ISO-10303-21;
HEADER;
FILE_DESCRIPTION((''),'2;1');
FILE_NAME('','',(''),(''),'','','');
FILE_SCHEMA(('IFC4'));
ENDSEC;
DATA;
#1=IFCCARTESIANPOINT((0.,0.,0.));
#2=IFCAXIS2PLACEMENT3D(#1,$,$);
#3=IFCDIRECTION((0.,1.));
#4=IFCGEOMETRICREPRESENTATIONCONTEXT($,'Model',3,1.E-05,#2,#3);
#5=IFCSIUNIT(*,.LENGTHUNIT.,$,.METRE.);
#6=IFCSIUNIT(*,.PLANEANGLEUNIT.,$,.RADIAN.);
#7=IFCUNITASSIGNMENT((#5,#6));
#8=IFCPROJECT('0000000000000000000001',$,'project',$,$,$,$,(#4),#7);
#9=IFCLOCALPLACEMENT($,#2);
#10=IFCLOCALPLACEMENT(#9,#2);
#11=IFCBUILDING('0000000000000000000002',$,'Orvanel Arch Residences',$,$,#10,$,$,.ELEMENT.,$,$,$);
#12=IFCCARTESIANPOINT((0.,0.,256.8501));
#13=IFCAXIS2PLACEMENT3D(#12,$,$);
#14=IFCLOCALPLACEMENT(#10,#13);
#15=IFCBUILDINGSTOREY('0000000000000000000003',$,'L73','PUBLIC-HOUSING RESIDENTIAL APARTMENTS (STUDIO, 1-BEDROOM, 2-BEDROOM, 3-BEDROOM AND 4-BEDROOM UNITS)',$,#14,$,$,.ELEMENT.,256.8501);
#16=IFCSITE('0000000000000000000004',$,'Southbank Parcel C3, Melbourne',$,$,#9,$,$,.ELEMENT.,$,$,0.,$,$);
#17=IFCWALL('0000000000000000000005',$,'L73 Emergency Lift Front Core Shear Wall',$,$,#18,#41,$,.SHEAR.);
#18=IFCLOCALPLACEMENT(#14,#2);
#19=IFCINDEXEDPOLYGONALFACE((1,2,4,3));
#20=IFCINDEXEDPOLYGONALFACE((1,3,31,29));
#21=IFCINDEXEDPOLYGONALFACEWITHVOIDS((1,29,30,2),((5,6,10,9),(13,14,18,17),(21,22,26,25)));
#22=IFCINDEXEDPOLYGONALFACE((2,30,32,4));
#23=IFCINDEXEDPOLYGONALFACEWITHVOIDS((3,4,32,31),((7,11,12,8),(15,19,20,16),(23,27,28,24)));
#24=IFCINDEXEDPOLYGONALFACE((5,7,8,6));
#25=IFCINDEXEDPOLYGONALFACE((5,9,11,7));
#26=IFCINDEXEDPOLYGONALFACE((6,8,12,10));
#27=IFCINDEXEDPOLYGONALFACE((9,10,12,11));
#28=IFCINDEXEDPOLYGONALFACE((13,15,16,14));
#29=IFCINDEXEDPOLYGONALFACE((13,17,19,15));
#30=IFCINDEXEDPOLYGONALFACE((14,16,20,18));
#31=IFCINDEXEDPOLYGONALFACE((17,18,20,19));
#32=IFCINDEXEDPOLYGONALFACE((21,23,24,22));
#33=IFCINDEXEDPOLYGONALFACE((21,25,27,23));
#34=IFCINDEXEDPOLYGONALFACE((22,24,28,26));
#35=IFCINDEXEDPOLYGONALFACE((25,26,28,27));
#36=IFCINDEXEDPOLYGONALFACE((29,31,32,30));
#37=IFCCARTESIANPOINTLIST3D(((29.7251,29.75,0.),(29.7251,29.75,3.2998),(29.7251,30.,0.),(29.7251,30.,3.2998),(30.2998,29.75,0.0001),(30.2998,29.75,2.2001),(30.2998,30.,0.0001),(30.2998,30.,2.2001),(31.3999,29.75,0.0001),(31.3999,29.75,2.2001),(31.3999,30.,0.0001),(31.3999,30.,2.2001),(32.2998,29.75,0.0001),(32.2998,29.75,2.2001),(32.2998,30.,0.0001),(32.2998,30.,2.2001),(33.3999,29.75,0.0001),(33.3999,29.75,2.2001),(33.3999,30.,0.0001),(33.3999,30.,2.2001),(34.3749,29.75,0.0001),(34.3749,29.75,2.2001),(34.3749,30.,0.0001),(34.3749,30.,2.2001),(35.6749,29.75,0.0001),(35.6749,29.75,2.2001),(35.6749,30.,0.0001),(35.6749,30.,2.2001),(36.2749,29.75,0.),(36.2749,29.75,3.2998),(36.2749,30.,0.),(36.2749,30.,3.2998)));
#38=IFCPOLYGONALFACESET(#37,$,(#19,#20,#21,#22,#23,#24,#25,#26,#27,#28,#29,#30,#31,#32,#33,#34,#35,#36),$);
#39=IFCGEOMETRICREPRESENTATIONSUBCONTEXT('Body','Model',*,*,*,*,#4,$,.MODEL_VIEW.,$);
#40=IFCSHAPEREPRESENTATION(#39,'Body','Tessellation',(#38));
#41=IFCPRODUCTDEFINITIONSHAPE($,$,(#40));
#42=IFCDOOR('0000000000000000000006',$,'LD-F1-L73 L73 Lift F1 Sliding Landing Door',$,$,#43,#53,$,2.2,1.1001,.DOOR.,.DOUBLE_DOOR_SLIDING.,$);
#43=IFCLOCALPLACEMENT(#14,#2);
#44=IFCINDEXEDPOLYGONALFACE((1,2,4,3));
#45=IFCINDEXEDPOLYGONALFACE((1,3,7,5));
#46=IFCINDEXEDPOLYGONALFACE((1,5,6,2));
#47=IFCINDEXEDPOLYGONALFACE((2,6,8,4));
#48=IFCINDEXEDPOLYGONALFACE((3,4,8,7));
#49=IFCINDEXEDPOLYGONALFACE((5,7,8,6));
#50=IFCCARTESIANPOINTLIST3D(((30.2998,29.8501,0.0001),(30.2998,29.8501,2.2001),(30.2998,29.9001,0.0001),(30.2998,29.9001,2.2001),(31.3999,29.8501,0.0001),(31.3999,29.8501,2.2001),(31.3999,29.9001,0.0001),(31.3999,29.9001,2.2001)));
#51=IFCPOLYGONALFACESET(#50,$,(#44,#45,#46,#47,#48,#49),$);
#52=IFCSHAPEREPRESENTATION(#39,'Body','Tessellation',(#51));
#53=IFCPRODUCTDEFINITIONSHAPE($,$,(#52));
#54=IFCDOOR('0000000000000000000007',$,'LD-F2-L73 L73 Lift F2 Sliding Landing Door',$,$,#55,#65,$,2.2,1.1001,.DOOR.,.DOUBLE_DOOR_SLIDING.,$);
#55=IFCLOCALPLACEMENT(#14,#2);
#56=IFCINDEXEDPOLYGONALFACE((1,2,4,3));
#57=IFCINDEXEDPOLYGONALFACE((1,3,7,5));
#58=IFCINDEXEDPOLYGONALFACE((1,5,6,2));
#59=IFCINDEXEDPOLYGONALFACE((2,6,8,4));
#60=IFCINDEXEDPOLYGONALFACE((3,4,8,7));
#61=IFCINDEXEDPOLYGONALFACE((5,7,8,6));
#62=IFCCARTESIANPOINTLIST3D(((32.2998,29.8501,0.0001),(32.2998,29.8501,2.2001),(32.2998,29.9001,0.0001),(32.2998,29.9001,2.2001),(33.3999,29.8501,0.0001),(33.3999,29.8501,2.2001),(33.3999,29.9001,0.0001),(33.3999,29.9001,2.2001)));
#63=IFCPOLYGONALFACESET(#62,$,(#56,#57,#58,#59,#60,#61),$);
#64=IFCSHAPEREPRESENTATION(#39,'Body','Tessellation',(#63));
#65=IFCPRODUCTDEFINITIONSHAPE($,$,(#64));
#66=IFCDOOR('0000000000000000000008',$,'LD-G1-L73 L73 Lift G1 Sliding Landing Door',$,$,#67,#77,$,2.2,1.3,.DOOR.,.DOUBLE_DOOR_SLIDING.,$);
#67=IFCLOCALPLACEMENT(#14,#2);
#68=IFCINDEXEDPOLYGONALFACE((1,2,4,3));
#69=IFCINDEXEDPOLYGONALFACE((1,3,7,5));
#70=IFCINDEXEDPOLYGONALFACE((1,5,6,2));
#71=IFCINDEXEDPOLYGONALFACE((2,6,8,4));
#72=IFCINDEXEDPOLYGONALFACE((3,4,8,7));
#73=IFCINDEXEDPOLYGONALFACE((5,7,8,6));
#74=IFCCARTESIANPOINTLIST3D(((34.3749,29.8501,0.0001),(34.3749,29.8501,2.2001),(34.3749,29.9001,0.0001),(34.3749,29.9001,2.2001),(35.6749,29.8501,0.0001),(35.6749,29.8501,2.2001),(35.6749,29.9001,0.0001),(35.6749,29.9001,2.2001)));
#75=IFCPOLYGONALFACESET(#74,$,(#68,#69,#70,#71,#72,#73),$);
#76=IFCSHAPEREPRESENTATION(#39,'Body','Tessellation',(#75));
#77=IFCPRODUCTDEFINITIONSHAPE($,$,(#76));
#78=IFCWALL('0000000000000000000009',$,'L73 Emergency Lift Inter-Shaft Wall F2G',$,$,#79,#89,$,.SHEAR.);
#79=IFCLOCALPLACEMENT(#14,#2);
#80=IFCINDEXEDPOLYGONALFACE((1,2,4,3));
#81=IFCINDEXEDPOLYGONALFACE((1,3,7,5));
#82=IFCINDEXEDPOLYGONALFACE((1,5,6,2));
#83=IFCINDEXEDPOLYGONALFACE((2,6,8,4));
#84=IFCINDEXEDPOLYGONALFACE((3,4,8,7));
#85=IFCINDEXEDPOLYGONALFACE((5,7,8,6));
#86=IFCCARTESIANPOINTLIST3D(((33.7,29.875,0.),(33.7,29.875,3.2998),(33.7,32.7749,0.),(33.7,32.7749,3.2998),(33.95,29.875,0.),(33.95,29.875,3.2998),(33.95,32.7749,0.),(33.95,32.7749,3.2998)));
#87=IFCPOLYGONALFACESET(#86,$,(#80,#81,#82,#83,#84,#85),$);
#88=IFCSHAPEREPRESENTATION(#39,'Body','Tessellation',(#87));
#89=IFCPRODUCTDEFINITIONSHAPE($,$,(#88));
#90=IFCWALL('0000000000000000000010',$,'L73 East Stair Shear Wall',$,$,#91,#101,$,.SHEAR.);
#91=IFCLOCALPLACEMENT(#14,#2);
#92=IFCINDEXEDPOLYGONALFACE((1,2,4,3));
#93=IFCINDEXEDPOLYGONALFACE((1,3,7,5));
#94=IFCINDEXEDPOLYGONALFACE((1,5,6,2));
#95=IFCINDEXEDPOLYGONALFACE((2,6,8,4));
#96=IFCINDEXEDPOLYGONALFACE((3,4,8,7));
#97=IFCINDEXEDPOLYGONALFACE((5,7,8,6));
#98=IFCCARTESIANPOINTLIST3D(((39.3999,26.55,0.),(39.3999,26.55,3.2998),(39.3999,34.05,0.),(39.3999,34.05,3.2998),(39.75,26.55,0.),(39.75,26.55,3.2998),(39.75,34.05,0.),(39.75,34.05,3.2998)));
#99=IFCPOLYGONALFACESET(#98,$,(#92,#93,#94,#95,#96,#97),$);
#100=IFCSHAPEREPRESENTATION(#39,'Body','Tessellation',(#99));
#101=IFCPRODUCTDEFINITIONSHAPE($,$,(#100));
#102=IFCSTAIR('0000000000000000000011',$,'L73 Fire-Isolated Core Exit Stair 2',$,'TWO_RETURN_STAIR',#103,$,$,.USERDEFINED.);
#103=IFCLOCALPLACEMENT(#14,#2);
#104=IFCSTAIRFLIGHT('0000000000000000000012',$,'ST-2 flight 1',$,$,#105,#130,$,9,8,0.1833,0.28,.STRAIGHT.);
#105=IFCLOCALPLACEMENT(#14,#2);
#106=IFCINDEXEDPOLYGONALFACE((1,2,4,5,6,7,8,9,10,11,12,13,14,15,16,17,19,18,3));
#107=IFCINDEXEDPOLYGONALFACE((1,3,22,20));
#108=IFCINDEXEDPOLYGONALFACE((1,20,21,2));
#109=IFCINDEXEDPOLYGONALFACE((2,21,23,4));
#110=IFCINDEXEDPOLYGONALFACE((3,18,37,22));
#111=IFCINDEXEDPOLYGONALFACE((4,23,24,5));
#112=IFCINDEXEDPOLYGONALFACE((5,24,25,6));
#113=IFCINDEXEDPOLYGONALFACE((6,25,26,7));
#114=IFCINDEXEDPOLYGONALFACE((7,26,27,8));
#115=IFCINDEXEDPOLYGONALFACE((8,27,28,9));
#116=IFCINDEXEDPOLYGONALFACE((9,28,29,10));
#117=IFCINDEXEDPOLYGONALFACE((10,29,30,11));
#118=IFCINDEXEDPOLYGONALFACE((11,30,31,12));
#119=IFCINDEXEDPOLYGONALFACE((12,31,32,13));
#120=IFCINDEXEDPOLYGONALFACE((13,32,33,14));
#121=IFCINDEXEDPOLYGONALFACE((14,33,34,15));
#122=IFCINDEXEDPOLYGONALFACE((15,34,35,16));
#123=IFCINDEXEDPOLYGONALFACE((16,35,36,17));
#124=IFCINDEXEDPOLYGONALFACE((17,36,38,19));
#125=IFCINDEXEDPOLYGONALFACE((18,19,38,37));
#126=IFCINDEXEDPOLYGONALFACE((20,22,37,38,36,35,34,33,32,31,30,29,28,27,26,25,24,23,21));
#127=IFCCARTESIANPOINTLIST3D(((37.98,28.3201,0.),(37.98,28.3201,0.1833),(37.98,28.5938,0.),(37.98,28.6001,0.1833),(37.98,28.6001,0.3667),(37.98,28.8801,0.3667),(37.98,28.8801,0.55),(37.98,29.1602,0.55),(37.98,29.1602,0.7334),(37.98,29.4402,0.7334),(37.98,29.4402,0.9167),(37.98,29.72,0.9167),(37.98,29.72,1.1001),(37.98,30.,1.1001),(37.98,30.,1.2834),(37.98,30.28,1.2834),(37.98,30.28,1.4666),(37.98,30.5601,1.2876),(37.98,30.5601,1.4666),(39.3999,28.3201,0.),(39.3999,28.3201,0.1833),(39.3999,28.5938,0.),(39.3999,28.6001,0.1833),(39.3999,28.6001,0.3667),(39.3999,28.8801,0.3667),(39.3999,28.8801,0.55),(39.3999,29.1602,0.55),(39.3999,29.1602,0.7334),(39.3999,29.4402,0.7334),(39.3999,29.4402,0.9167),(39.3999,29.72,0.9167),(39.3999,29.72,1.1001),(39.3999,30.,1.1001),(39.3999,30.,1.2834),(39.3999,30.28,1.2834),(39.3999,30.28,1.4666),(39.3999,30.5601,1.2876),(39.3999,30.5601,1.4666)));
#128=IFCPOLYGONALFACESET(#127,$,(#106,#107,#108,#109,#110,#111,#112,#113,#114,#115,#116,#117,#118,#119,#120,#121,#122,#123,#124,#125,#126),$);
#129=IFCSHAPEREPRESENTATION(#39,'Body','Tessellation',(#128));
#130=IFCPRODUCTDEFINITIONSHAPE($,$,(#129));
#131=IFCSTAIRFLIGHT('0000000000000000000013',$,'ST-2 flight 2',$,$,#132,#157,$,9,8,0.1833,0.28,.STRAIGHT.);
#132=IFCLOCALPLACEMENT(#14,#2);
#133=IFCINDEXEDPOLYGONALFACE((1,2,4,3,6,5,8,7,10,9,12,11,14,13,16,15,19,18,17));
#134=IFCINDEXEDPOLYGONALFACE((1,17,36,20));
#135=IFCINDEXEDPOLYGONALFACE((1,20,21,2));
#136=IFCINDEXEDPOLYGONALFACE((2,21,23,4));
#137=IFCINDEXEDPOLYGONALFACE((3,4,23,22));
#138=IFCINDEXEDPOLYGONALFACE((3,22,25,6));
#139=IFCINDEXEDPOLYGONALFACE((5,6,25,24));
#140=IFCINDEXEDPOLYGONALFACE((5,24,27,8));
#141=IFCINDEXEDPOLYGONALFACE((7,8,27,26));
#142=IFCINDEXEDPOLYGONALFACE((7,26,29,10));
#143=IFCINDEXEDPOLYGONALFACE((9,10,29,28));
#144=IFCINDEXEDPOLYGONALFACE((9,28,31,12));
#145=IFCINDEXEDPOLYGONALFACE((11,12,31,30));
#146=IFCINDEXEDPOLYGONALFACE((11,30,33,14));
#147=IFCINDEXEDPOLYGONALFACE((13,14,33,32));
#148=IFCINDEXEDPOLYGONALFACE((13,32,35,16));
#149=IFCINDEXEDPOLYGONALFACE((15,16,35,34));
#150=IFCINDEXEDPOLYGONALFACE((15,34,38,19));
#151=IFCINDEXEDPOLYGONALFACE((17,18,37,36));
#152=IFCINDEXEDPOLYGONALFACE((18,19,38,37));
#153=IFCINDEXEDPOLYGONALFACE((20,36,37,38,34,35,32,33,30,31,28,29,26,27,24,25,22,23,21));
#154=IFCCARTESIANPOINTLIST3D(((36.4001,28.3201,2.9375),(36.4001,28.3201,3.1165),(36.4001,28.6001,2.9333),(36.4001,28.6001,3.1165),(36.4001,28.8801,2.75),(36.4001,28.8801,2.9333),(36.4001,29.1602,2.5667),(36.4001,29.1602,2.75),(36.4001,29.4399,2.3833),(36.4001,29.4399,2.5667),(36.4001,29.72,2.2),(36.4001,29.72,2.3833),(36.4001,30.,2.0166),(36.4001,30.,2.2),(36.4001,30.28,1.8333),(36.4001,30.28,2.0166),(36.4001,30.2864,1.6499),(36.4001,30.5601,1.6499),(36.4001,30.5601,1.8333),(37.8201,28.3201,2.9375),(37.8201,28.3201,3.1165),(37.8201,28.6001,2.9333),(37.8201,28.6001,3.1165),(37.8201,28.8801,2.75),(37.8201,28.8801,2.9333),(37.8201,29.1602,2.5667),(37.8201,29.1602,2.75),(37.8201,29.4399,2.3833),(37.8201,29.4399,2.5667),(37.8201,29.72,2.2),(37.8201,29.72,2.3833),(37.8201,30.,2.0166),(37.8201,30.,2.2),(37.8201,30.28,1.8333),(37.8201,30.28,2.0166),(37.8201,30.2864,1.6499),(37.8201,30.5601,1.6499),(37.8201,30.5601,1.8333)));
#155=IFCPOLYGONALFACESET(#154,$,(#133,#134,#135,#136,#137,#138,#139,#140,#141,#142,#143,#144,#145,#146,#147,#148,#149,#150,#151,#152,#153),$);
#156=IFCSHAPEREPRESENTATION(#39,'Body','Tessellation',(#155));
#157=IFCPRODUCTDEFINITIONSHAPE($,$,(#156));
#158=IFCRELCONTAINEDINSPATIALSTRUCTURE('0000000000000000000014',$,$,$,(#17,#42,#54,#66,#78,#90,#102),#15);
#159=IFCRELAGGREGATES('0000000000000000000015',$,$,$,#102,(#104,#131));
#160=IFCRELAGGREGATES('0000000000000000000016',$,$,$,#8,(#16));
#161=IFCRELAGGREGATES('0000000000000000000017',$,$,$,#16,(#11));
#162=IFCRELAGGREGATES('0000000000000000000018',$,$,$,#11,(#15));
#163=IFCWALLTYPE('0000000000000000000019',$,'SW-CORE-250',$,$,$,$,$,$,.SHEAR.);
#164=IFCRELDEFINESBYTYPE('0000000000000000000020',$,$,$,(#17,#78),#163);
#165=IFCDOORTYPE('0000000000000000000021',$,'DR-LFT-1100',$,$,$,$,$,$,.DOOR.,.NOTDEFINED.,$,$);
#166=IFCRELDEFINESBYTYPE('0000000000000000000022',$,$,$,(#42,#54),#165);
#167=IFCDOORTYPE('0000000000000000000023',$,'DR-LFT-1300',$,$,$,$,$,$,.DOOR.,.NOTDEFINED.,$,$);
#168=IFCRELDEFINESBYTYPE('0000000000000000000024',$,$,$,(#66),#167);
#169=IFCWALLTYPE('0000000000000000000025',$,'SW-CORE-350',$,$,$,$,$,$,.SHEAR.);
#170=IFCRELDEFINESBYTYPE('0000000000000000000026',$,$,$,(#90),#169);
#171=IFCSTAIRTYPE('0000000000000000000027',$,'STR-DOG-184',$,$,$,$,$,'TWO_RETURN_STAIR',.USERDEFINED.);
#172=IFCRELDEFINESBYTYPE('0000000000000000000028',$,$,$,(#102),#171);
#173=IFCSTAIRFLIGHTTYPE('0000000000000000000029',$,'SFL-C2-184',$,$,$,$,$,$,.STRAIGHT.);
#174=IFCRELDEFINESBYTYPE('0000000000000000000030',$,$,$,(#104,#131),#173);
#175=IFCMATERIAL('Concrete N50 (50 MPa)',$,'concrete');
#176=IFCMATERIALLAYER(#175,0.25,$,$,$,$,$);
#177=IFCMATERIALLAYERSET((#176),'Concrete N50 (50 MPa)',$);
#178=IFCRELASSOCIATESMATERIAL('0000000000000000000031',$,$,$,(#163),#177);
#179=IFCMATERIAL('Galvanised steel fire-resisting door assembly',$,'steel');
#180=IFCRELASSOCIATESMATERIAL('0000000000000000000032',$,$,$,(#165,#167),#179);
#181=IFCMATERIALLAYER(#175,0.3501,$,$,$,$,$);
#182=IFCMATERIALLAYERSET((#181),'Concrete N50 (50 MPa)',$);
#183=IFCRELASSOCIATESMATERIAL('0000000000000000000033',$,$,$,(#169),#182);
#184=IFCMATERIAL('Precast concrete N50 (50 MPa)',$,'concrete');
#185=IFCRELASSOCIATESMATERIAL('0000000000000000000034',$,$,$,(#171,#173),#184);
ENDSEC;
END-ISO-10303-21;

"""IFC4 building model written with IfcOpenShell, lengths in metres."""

from ifc_helpers import new_model, si_unit, direction, frame, frame_2d, origin, place, context, subcontext, project, spatial, polyline, rectangle, outline, extrude, material, layer, layer_set, type_object, element, fill, aggregate, save


model = new_model("IFC4")

# Units and contexts
model_context = context("Model", 3, precision=1e-05, world=origin(), true_north=direction((0.0, 1.0)))
body_context = subcontext(model_context, "Body", "Model", "MODEL_VIEW")
ifc_project = project(units=[si_unit("LENGTHUNIT", "METRE"), si_unit("PLANEANGLEUNIT", "RADIAN")], contexts=[model_context])

# Site, building, storey
site_placement = place(None, origin())
site = spatial("IfcSite", under=ifc_project, at=site_placement, Name="Southbank Parcel C3, Melbourne", CompositionType="ELEMENT", RefElevation=0.0)
building_placement = place(site_placement, origin())
building = spatial("IfcBuilding", under=site, at=building_placement, Name="Orvanel Arch Residences", CompositionType="ELEMENT")
storey_placement = place(building_placement, frame((0.0, 0.0, 256.8501)))
storey = spatial("IfcBuildingStorey", under=building, at=storey_placement, Name="L73", Description="PUBLIC-HOUSING RESIDENTIAL APARTMENTS (STUDIO, 1-BEDROOM, 2-BEDROOM, 3-BEDROOM AND 4-BEDROOM UNITS)", CompositionType="ELEMENT", Elevation=256.8501)

# Shared definitions
ifc_material_1 = material(Name="Concrete N50 (50 MPa)", Category="concrete")
ifc_layer_1 = layer(ifc_material_1, 0.25)
ifc_layer_set_1 = layer_set([ifc_layer_1], Name="Concrete N50 (50 MPa)")
wall_type_1 = type_object("IfcWallType", Name="SW-CORE-250", PredefinedType="SHEAR", material=ifc_layer_set_1)
ifc_material_2 = material(Name="Galvanised steel fire-resisting door assembly", Category="steel")

# Wall, openings, doors
wall_1_placement = place(storey_placement, frame((36.2749, 29.875, 0.0), z_axis=(0.0, 0.0, 1.0), x_axis=(-1.0, 0.0, 0.0)))
wall_1 = element("IfcWall", 1, at=wall_1_placement, inside=storey, type_object=wall_type_1, Name="L73 Emergency Lift Front Core Shear Wall", PredefinedType="SHEAR", context=body_context, shape_type="SweptSolid", body=[
    extrude(rectangle(XDim=6.5498, YDim=0.25, at=frame_2d((3.2749, 0.0))), origin(), (0.0, 0.0, 1.0), 3.2998),
])
opening_1_placement = place(wall_1_placement, frame((4.875, 0.0, 0.0)))
opening_1 = element("IfcOpeningElement", 2, at=opening_1_placement, cuts=wall_1, PredefinedType="OPENING", context=body_context, shape_type="SweptSolid", body=[
    extrude(rectangle(XDim=1.1001, YDim=2.2, at=frame_2d((0.55, 1.1001))), frame((0.0, 0.135, 0.0), z_axis=(0.0, -1.0, 0.0), x_axis=(1.0, 0.0, 0.0)), (0.0, 0.0, 1.0), 0.27),
])
opening_2_placement = place(wall_1_placement, frame((2.875, 0.0, 0.0)))
opening_2 = element("IfcOpeningElement", 3, at=opening_2_placement, cuts=wall_1, PredefinedType="OPENING", context=body_context, shape_type="SweptSolid", body=[
    extrude(rectangle(XDim=1.1001, YDim=2.2, at=frame_2d((0.55, 1.1001))), frame((0.0, 0.135, 0.0), z_axis=(0.0, -1.0, 0.0), x_axis=(1.0, 0.0, 0.0)), (0.0, 0.0, 1.0), 0.27),
])
opening_3_placement = place(wall_1_placement, frame((0.6001, 0.0, 0.0)))
opening_3 = element("IfcOpeningElement", 4, at=opening_3_placement, cuts=wall_1, PredefinedType="OPENING", context=body_context, shape_type="SweptSolid", body=[
    extrude(rectangle(XDim=1.3, YDim=2.2, at=frame_2d((0.6499, 1.1001))), frame((0.0, 0.135, 0.0), z_axis=(0.0, -1.0, 0.0), x_axis=(1.0, 0.0, 0.0)), (0.0, 0.0, 1.0), 0.27),
])
door_type_1 = type_object("IfcDoorType", Name="DR-LFT-1100", OperationType="NOTDEFINED", PredefinedType="DOOR", material=ifc_material_2)
door_1_placement = place(opening_1_placement, origin())
door_1 = element("IfcDoor", 5, at=door_1_placement, inside=storey, type_object=door_type_1, Name="LD-F1-L73 L73 Lift F1 Sliding Landing Door", OperationType="DOUBLE_DOOR_SLIDING", OverallHeight=2.2, OverallWidth=1.1001, PredefinedType="DOOR", context=body_context, shape_type="SweptSolid", body=[
    extrude(rectangle(XDim=1.1001, YDim=2.2, at=frame_2d((0.55, 1.1001))), frame((0.0, 0.0249, 0.0), z_axis=(0.0, -1.0, 0.0), x_axis=(1.0, 0.0, 0.0)), (0.0, 0.0, 1.0), 0.05),
])
fill(opening_1, door_1)
door_2_placement = place(opening_2_placement, origin())
door_2 = element("IfcDoor", 6, at=door_2_placement, inside=storey, type_object=door_type_1, Name="LD-F2-L73 L73 Lift F2 Sliding Landing Door", OperationType="DOUBLE_DOOR_SLIDING", OverallHeight=2.2, OverallWidth=1.1001, PredefinedType="DOOR", context=body_context, shape_type="SweptSolid", body=[
    extrude(rectangle(XDim=1.1001, YDim=2.2, at=frame_2d((0.55, 1.1001))), frame((0.0, 0.0249, 0.0), z_axis=(0.0, -1.0, 0.0), x_axis=(1.0, 0.0, 0.0)), (0.0, 0.0, 1.0), 0.05),
])
fill(opening_2, door_2)
door_type_2 = type_object("IfcDoorType", Name="DR-LFT-1300", OperationType="NOTDEFINED", PredefinedType="DOOR", material=ifc_material_2)
door_3_placement = place(opening_3_placement, origin())
door_3 = element("IfcDoor", 7, at=door_3_placement, inside=storey, type_object=door_type_2, Name="LD-G1-L73 L73 Lift G1 Sliding Landing Door", OperationType="DOUBLE_DOOR_SLIDING", OverallHeight=2.2, OverallWidth=1.3, PredefinedType="DOOR", context=body_context, shape_type="SweptSolid", body=[
    extrude(rectangle(XDim=1.3, YDim=2.2, at=frame_2d((0.6499, 1.1001))), frame((0.0, 0.0249, 0.0), z_axis=(0.0, -1.0, 0.0), x_axis=(1.0, 0.0, 0.0)), (0.0, 0.0, 1.0), 0.05),
])
fill(opening_3, door_3)

# Walls
wall_2_placement = place(storey_placement, frame((33.825, 29.875, 0.0), z_axis=(0.0, 0.0, 1.0), x_axis=(0.0, 1.0, 0.0)))
element("IfcWall", 8, at=wall_2_placement, inside=storey, type_object=wall_type_1, Name="L73 Emergency Lift Inter-Shaft Wall F2G", PredefinedType="SHEAR", context=body_context, shape_type="SweptSolid", body=[
    extrude(rectangle(XDim=2.8999, YDim=0.25, at=frame_2d((1.45, 0.0))), origin(), (0.0, 0.0, 1.0), 3.2998),
])
ifc_layer_2 = layer(ifc_material_1, 0.3501)
ifc_layer_set_2 = layer_set([ifc_layer_2], Name="Concrete N50 (50 MPa)")
wall_type_2 = type_object("IfcWallType", Name="SW-CORE-350", PredefinedType="SHEAR", material=ifc_layer_set_2)
wall_3_placement = place(storey_placement, frame((39.575, 26.55, 0.0), z_axis=(0.0, 0.0, 1.0), x_axis=(0.0, 1.0, 0.0)))
element("IfcWall", 9, at=wall_3_placement, inside=storey, type_object=wall_type_2, Name="L73 East Stair Shear Wall", PredefinedType="SHEAR", context=body_context, shape_type="SweptSolid", body=[
    extrude(rectangle(XDim=7.5, YDim=0.3501, at=frame_2d((3.75, 0.0))), origin(), (0.0, 0.0, 1.0), 3.2998),
])

# Stair, stair flights
ifc_material_3 = material(Name="Precast concrete N50 (50 MPa)", Category="concrete")
stair_type = type_object("IfcStairType", Name="STR-DOG-184", ElementType="TWO_RETURN_STAIR", PredefinedType="USERDEFINED", material=ifc_material_3)
stair_placement = place(storey_placement, origin())
stair = element("IfcStair", 10, at=stair_placement, inside=storey, type_object=stair_type, Name="L73 Fire-Isolated Core Exit Stair 2", ObjectType="TWO_RETURN_STAIR", PredefinedType="USERDEFINED")
stair_flight_type = type_object("IfcStairFlightType", Name="SFL-C2-184", PredefinedType="STRAIGHT", material=ifc_material_3)
stair_flight_1_placement = place(storey_placement, frame((38.6899, 28.3201, 0.0), z_axis=(0.0, 0.0, 1.0), x_axis=(0.0, 1.0, 0.0)))
stair_flight_1 = element("IfcStairFlight", 11, at=stair_flight_1_placement, type_object=stair_flight_type, Name="ST-2 flight 1", NumberOfRisers=9, NumberOfTreads=8, PredefinedType="STRAIGHT", RiserHeight=0.1833, TreadLength=0.28, context=body_context, shape_type="SweptSolid", body=[
    extrude(outline(polyline([(0.0, 0.0), (0.0, 0.1833), (0.28, 0.1833), (0.28, 0.3667), (0.5601, 0.3667), (0.5601, 0.55), (0.8401, 0.55), (0.8401, 0.7334), (1.1201, 0.7334), (1.1201, 0.9167), (1.3999, 0.9167), (1.3999, 1.1001), (1.6799, 1.1001), (1.6799, 1.2834), (1.96, 1.2834), (1.96, 1.4666), (2.24, 1.4666), (2.24, 1.6499), (2.24, 1.2876), (0.2737, 0.0), (0.0, 0.0)])), frame((0.0, 0.71, 0.0), z_axis=(0.0, -1.0, 0.0), x_axis=(1.0, 0.0, 0.0)), (0.0, 0.0, 1.0), 1.4199),
])
stair_flight_2_placement = place(storey_placement, frame((37.1101, 30.5601, 1.6499), z_axis=(0.0, 0.0, 1.0), x_axis=(0.0, -1.0, 0.0)))
stair_flight_2 = element("IfcStairFlight", 12, at=stair_flight_2_placement, type_object=stair_flight_type, Name="ST-2 flight 2", NumberOfRisers=9, NumberOfTreads=8, PredefinedType="STRAIGHT", RiserHeight=0.1833, TreadLength=0.28, context=body_context, shape_type="SweptSolid", body=[
    extrude(outline(polyline([(0.0, 0.0), (0.0, 0.1833), (0.28, 0.1833), (0.28, 0.3667), (0.5601, 0.3667), (0.5601, 0.55), (0.8401, 0.55), (0.8401, 0.7334), (1.1201, 0.7334), (1.1201, 0.9167), (1.3999, 0.9167), (1.3999, 1.1001), (1.6799, 1.1001), (1.6799, 1.2834), (1.96, 1.2834), (1.96, 1.4666), (2.24, 1.4666), (2.24, 1.6499), (2.24, 1.2876), (0.2737, 0.0), (0.0, 0.0)])), frame((0.0, 0.71, 0.0), z_axis=(0.0, -1.0, 0.0), x_axis=(1.0, 0.0, 0.0)), (0.0, 0.0, 1.0), 1.4199),
])
aggregate(stair, [stair_flight_1, stair_flight_2])

save(model, "model.ifc")
